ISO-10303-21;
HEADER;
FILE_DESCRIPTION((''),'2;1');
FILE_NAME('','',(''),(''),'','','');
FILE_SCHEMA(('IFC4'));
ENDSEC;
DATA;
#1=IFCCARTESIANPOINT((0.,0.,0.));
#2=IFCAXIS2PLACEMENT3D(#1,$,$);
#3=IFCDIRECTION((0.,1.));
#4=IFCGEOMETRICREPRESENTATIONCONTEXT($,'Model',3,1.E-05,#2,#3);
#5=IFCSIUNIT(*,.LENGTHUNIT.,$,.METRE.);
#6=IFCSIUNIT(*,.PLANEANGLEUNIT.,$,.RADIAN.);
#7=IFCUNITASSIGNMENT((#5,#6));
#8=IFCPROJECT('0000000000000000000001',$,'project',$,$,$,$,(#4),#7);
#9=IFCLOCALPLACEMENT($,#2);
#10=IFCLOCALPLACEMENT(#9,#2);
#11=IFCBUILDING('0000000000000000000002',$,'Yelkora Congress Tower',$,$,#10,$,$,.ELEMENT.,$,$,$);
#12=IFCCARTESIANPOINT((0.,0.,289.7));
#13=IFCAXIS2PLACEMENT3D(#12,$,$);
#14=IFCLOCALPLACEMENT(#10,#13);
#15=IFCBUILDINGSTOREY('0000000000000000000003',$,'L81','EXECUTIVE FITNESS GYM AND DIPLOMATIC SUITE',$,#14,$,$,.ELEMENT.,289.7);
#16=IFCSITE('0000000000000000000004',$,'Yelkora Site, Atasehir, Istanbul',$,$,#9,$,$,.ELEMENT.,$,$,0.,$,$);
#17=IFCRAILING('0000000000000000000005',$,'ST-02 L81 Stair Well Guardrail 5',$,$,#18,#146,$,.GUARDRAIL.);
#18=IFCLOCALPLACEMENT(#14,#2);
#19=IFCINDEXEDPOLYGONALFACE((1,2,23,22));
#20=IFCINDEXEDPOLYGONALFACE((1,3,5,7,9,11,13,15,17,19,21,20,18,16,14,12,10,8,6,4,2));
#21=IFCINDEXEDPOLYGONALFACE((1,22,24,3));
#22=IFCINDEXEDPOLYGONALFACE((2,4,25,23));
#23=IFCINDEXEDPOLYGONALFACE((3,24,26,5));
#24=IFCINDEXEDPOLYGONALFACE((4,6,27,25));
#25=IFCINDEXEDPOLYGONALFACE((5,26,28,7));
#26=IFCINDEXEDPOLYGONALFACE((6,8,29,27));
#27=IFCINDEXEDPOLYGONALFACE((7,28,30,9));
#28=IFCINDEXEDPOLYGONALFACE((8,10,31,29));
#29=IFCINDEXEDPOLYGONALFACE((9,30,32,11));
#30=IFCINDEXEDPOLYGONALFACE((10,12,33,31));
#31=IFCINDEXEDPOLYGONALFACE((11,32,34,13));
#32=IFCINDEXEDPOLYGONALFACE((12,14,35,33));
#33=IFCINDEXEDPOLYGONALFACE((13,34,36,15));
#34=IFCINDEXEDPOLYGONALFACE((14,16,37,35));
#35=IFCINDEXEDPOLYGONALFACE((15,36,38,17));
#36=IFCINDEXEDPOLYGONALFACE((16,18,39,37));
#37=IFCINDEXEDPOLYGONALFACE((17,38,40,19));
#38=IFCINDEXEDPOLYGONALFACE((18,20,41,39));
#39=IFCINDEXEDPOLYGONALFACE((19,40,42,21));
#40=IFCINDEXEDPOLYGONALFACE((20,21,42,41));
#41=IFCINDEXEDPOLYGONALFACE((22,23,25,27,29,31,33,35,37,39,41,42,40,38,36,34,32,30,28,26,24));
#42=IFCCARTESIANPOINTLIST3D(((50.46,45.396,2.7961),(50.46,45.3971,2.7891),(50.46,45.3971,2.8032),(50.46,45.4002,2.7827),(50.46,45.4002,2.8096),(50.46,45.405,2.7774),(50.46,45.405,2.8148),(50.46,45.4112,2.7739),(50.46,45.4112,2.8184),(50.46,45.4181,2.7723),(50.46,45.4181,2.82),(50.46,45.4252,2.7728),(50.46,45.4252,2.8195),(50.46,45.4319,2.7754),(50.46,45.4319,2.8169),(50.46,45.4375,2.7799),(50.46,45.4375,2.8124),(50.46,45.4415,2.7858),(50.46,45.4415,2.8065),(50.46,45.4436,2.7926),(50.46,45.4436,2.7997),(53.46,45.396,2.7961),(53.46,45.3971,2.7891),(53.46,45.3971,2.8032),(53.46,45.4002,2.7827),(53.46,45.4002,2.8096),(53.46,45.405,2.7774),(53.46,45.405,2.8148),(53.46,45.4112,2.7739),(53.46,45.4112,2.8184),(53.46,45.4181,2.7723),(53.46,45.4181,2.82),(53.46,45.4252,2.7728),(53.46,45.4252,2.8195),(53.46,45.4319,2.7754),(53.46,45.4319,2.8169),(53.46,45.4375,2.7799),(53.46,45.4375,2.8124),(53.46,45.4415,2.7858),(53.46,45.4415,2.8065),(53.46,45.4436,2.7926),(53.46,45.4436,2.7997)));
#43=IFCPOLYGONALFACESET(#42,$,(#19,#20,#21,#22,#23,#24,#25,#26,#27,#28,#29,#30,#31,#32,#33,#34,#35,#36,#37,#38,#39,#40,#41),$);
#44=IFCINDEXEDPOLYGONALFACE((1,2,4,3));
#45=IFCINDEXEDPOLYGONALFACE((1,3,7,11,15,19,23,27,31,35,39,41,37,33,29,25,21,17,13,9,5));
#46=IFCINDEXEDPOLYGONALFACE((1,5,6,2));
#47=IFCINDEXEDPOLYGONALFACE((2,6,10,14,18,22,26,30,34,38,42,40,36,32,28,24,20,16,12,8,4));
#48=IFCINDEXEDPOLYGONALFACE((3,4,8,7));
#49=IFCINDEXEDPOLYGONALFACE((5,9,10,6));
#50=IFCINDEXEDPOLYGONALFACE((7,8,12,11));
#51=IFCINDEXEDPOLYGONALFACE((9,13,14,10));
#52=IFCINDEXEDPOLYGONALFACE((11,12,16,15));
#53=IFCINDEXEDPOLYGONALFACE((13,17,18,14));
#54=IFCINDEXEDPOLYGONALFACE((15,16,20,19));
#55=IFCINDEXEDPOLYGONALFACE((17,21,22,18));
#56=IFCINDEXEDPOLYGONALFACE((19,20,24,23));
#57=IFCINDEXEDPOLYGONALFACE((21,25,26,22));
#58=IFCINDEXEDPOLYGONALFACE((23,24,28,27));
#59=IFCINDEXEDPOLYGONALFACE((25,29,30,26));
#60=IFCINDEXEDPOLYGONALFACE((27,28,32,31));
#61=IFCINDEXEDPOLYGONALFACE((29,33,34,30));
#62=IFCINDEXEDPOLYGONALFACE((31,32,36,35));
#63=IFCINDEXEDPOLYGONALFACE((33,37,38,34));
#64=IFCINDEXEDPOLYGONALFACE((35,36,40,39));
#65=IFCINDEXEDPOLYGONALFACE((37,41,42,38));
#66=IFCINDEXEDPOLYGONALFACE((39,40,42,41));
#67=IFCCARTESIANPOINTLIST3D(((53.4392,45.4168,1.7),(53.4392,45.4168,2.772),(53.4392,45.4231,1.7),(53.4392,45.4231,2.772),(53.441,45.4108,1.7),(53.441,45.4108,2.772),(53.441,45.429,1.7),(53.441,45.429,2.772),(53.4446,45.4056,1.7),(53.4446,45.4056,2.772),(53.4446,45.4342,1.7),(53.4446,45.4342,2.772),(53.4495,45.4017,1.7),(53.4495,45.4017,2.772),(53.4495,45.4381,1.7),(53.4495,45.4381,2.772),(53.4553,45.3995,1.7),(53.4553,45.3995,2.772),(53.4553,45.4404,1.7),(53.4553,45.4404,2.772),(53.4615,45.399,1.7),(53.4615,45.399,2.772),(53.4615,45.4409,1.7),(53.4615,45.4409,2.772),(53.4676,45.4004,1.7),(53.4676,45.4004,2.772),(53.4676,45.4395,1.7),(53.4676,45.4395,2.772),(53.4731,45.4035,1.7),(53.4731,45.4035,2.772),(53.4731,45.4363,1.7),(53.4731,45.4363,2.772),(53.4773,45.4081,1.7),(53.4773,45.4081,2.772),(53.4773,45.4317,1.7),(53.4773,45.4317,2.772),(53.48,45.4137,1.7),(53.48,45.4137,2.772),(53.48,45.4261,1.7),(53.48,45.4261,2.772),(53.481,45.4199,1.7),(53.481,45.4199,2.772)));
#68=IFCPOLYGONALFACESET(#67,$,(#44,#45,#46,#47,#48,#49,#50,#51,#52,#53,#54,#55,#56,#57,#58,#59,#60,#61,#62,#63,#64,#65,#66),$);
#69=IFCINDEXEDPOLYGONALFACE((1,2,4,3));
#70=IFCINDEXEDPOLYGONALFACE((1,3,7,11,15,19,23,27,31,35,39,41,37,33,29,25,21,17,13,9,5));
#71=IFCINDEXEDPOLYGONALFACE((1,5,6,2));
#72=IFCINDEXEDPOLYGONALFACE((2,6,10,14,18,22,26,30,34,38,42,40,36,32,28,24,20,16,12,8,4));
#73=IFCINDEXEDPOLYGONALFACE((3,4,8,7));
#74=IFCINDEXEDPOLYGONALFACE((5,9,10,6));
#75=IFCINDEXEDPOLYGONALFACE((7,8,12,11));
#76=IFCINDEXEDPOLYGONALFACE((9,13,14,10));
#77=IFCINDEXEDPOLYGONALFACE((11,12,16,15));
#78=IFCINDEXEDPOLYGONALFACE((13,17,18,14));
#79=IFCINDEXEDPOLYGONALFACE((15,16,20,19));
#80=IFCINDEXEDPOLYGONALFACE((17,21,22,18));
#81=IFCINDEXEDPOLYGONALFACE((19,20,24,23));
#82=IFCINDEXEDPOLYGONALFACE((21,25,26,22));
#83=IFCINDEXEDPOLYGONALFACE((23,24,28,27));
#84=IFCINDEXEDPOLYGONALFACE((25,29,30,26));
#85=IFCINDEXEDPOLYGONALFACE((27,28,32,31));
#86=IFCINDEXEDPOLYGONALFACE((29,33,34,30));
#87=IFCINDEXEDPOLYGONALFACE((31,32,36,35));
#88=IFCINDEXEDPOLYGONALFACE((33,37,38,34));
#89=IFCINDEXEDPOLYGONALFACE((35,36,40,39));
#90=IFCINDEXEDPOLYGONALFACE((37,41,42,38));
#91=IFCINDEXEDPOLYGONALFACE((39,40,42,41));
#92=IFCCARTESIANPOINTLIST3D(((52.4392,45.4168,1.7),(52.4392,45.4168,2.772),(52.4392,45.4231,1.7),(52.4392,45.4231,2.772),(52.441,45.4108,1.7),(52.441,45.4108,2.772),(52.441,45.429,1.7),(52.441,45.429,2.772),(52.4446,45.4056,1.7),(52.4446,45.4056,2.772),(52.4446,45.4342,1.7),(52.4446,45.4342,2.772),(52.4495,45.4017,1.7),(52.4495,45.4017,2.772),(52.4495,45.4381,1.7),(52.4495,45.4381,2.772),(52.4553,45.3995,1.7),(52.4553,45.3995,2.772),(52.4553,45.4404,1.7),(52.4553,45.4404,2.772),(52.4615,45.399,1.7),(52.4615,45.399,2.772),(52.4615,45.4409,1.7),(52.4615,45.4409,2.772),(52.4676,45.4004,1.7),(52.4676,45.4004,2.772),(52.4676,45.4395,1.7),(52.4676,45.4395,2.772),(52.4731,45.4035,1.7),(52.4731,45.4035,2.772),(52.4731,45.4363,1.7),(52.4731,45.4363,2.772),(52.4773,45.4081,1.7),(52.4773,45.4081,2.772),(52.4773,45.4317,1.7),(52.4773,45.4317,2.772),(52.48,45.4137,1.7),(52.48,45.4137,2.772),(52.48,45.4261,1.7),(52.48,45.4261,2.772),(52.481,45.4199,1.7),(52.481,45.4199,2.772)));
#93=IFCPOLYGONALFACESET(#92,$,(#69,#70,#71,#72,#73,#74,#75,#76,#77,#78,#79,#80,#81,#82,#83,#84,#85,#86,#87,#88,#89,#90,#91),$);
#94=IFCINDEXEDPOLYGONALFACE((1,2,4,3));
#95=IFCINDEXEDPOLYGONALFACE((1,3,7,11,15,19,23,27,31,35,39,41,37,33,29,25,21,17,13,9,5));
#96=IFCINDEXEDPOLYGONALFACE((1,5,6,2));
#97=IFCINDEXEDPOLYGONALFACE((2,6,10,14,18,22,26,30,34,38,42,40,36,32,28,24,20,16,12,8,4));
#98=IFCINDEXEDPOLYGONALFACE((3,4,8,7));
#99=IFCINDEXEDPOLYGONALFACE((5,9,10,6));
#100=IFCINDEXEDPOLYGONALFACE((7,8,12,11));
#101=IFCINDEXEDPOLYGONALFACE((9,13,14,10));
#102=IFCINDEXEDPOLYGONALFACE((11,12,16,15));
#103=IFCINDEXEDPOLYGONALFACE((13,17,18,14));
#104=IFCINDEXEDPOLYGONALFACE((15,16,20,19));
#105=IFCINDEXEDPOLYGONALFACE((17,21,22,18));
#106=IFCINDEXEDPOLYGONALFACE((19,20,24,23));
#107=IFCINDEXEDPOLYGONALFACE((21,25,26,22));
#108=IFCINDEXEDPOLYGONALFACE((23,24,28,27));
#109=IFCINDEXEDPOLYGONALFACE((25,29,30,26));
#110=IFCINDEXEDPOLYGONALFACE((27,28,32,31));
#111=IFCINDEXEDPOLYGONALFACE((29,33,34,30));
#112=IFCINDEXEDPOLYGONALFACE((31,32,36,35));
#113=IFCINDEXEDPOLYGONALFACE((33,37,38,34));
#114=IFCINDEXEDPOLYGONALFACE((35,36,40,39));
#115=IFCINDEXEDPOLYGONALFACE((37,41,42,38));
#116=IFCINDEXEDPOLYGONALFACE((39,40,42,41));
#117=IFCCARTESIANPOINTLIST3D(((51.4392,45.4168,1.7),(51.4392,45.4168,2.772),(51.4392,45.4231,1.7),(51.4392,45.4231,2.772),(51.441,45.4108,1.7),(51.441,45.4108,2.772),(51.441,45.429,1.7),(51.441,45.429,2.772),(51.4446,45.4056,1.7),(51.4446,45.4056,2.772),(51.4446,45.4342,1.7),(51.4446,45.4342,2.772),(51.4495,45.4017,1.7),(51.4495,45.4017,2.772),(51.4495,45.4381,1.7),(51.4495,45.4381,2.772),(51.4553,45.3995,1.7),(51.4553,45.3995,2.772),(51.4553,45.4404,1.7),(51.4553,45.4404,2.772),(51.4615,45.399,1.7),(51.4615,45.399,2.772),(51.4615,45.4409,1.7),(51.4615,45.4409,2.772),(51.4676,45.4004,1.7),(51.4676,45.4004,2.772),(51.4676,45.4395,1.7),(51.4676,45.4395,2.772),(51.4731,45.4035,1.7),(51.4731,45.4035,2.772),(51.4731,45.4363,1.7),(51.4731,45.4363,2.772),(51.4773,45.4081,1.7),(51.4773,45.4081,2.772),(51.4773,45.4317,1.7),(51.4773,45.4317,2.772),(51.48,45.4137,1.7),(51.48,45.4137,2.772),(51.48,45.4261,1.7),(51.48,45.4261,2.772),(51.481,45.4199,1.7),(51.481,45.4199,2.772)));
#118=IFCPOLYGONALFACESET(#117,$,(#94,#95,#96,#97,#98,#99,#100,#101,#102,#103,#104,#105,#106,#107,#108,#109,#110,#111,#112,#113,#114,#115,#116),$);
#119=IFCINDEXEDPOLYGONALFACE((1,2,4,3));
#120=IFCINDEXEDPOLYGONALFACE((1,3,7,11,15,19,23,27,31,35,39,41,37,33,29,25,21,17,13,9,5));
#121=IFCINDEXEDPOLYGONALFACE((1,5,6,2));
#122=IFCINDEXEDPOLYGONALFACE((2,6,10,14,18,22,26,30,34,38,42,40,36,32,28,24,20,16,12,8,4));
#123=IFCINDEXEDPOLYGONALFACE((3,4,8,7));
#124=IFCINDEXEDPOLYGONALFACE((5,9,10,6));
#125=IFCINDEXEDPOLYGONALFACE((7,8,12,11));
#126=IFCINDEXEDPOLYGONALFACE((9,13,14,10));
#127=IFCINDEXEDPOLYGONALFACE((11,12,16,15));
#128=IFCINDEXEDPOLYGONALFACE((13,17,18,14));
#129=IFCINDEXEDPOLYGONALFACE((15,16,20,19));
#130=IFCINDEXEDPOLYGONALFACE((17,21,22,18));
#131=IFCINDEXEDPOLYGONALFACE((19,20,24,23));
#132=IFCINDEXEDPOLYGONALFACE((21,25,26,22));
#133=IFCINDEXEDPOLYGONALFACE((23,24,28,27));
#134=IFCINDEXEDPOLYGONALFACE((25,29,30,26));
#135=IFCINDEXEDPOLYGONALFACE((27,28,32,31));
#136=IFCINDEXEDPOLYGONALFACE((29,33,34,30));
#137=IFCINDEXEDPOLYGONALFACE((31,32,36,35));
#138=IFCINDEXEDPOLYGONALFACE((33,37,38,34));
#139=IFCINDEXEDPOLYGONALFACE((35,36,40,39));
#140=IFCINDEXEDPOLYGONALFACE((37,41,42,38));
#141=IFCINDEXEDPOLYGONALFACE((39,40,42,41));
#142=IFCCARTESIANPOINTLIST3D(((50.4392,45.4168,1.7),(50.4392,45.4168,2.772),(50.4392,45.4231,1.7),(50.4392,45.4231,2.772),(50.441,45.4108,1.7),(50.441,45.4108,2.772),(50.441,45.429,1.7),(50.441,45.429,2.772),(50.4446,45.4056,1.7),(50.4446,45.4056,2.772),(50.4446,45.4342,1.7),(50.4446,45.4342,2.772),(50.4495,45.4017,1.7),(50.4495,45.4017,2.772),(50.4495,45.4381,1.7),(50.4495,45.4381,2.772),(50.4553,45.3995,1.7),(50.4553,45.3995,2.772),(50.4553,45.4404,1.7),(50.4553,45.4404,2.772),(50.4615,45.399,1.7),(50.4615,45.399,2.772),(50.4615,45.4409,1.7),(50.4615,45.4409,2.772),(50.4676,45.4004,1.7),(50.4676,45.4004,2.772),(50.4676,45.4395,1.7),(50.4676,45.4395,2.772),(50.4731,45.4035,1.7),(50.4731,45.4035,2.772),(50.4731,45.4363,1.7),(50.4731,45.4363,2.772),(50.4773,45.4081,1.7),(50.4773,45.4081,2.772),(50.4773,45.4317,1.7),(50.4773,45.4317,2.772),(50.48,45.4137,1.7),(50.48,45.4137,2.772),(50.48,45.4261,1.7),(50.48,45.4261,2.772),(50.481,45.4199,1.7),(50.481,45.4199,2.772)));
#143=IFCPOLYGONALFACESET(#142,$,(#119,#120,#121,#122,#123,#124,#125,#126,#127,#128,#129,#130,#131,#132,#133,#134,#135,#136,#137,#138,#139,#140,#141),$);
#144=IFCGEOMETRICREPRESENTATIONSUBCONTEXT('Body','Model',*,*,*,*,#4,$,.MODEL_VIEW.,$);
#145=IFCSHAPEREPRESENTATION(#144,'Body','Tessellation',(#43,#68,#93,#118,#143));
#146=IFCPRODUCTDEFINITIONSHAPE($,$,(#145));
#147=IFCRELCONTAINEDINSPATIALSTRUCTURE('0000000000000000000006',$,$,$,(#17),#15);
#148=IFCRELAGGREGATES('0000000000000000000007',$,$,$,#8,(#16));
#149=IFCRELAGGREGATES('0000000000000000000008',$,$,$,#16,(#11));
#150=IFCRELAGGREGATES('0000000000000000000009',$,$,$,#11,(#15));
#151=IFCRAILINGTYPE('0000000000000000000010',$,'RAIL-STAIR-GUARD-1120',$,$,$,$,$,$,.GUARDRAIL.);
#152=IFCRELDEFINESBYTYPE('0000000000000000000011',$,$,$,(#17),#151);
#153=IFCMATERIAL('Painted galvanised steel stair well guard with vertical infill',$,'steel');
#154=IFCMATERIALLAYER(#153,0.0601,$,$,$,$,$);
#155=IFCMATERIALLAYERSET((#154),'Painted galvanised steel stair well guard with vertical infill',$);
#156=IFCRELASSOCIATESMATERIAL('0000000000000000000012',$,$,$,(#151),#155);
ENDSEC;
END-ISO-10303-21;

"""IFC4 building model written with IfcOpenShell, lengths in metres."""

from ifc_helpers import new_model, si_unit, direction, frame, origin, origin_2d, place, context, subcontext, project, spatial, circle, extrude, material, layer, layer_set, type_object, element, save


model = new_model("IFC4")

# Units and contexts
model_context = context("Model", 3, precision=1e-05, world=origin(), true_north=direction((0.0, 1.0)))
body_context = subcontext(model_context, "Body", "Model", "MODEL_VIEW")
ifc_project = project(units=[si_unit("LENGTHUNIT", "METRE"), si_unit("PLANEANGLEUNIT", "RADIAN")], contexts=[model_context])

# Site, building, storey
site_placement = place(None, origin())
site = spatial("IfcSite", under=ifc_project, at=site_placement, Name="Yelkora Site, Atasehir, Istanbul", CompositionType="ELEMENT", RefElevation=0.0)
building_placement = place(site_placement, origin())
building = spatial("IfcBuilding", under=site, at=building_placement, Name="Yelkora Congress Tower", CompositionType="ELEMENT")
storey_placement = place(building_placement, frame((0.0, 0.0, 289.7)))
storey = spatial("IfcBuildingStorey", under=building, at=storey_placement, Name="L81", Description="EXECUTIVE FITNESS GYM AND DIPLOMATIC SUITE", CompositionType="ELEMENT", Elevation=289.7)

# Railing
ifc_material_1 = material(Name="Painted galvanised steel stair well guard with vertical infill", Category="steel")
ifc_layer_1 = layer(ifc_material_1, 0.0601)
ifc_layer_set_1 = layer_set([ifc_layer_1], Name="Painted galvanised steel stair well guard with vertical infill")
railing_type = type_object("IfcRailingType", Name="RAIL-STAIR-GUARD-1120", PredefinedType="GUARDRAIL", material=ifc_layer_set_1)
railing_1_placement = place(storey_placement, frame((53.46, 45.4199, 1.7)))
element("IfcRailing", 1, at=railing_1_placement, inside=storey, type_object=railing_type, Name="ST-02 L81 Stair Well Guardrail 5", PredefinedType="GUARDRAIL", context=body_context, shape_type="SweptSolid", body=[
    extrude(circle(Radius=0.0239, at=origin_2d()), frame((0.0, 0.0, 1.0962), z_axis=(-1.0, 0.0, 0.0), x_axis=(0.0, -1.0, 0.0)), (0.0, 0.0, 1.0), 3.0),
    extrude(circle(Radius=0.021, at=origin_2d()), origin(), (0.0, 0.0, 1.0), 1.072),
    extrude(circle(Radius=0.021, at=origin_2d()), frame((-1.0, 0.0, 0.0)), (0.0, 0.0, 1.0), 1.072),
    extrude(circle(Radius=0.021, at=origin_2d()), frame((-2.0, 0.0, 0.0)), (0.0, 0.0, 1.0), 1.072),
    extrude(circle(Radius=0.021, at=origin_2d()), frame((-3.0, 0.0, 0.0)), (0.0, 0.0, 1.0), 1.072),
])

save(model, "model.ifc")
